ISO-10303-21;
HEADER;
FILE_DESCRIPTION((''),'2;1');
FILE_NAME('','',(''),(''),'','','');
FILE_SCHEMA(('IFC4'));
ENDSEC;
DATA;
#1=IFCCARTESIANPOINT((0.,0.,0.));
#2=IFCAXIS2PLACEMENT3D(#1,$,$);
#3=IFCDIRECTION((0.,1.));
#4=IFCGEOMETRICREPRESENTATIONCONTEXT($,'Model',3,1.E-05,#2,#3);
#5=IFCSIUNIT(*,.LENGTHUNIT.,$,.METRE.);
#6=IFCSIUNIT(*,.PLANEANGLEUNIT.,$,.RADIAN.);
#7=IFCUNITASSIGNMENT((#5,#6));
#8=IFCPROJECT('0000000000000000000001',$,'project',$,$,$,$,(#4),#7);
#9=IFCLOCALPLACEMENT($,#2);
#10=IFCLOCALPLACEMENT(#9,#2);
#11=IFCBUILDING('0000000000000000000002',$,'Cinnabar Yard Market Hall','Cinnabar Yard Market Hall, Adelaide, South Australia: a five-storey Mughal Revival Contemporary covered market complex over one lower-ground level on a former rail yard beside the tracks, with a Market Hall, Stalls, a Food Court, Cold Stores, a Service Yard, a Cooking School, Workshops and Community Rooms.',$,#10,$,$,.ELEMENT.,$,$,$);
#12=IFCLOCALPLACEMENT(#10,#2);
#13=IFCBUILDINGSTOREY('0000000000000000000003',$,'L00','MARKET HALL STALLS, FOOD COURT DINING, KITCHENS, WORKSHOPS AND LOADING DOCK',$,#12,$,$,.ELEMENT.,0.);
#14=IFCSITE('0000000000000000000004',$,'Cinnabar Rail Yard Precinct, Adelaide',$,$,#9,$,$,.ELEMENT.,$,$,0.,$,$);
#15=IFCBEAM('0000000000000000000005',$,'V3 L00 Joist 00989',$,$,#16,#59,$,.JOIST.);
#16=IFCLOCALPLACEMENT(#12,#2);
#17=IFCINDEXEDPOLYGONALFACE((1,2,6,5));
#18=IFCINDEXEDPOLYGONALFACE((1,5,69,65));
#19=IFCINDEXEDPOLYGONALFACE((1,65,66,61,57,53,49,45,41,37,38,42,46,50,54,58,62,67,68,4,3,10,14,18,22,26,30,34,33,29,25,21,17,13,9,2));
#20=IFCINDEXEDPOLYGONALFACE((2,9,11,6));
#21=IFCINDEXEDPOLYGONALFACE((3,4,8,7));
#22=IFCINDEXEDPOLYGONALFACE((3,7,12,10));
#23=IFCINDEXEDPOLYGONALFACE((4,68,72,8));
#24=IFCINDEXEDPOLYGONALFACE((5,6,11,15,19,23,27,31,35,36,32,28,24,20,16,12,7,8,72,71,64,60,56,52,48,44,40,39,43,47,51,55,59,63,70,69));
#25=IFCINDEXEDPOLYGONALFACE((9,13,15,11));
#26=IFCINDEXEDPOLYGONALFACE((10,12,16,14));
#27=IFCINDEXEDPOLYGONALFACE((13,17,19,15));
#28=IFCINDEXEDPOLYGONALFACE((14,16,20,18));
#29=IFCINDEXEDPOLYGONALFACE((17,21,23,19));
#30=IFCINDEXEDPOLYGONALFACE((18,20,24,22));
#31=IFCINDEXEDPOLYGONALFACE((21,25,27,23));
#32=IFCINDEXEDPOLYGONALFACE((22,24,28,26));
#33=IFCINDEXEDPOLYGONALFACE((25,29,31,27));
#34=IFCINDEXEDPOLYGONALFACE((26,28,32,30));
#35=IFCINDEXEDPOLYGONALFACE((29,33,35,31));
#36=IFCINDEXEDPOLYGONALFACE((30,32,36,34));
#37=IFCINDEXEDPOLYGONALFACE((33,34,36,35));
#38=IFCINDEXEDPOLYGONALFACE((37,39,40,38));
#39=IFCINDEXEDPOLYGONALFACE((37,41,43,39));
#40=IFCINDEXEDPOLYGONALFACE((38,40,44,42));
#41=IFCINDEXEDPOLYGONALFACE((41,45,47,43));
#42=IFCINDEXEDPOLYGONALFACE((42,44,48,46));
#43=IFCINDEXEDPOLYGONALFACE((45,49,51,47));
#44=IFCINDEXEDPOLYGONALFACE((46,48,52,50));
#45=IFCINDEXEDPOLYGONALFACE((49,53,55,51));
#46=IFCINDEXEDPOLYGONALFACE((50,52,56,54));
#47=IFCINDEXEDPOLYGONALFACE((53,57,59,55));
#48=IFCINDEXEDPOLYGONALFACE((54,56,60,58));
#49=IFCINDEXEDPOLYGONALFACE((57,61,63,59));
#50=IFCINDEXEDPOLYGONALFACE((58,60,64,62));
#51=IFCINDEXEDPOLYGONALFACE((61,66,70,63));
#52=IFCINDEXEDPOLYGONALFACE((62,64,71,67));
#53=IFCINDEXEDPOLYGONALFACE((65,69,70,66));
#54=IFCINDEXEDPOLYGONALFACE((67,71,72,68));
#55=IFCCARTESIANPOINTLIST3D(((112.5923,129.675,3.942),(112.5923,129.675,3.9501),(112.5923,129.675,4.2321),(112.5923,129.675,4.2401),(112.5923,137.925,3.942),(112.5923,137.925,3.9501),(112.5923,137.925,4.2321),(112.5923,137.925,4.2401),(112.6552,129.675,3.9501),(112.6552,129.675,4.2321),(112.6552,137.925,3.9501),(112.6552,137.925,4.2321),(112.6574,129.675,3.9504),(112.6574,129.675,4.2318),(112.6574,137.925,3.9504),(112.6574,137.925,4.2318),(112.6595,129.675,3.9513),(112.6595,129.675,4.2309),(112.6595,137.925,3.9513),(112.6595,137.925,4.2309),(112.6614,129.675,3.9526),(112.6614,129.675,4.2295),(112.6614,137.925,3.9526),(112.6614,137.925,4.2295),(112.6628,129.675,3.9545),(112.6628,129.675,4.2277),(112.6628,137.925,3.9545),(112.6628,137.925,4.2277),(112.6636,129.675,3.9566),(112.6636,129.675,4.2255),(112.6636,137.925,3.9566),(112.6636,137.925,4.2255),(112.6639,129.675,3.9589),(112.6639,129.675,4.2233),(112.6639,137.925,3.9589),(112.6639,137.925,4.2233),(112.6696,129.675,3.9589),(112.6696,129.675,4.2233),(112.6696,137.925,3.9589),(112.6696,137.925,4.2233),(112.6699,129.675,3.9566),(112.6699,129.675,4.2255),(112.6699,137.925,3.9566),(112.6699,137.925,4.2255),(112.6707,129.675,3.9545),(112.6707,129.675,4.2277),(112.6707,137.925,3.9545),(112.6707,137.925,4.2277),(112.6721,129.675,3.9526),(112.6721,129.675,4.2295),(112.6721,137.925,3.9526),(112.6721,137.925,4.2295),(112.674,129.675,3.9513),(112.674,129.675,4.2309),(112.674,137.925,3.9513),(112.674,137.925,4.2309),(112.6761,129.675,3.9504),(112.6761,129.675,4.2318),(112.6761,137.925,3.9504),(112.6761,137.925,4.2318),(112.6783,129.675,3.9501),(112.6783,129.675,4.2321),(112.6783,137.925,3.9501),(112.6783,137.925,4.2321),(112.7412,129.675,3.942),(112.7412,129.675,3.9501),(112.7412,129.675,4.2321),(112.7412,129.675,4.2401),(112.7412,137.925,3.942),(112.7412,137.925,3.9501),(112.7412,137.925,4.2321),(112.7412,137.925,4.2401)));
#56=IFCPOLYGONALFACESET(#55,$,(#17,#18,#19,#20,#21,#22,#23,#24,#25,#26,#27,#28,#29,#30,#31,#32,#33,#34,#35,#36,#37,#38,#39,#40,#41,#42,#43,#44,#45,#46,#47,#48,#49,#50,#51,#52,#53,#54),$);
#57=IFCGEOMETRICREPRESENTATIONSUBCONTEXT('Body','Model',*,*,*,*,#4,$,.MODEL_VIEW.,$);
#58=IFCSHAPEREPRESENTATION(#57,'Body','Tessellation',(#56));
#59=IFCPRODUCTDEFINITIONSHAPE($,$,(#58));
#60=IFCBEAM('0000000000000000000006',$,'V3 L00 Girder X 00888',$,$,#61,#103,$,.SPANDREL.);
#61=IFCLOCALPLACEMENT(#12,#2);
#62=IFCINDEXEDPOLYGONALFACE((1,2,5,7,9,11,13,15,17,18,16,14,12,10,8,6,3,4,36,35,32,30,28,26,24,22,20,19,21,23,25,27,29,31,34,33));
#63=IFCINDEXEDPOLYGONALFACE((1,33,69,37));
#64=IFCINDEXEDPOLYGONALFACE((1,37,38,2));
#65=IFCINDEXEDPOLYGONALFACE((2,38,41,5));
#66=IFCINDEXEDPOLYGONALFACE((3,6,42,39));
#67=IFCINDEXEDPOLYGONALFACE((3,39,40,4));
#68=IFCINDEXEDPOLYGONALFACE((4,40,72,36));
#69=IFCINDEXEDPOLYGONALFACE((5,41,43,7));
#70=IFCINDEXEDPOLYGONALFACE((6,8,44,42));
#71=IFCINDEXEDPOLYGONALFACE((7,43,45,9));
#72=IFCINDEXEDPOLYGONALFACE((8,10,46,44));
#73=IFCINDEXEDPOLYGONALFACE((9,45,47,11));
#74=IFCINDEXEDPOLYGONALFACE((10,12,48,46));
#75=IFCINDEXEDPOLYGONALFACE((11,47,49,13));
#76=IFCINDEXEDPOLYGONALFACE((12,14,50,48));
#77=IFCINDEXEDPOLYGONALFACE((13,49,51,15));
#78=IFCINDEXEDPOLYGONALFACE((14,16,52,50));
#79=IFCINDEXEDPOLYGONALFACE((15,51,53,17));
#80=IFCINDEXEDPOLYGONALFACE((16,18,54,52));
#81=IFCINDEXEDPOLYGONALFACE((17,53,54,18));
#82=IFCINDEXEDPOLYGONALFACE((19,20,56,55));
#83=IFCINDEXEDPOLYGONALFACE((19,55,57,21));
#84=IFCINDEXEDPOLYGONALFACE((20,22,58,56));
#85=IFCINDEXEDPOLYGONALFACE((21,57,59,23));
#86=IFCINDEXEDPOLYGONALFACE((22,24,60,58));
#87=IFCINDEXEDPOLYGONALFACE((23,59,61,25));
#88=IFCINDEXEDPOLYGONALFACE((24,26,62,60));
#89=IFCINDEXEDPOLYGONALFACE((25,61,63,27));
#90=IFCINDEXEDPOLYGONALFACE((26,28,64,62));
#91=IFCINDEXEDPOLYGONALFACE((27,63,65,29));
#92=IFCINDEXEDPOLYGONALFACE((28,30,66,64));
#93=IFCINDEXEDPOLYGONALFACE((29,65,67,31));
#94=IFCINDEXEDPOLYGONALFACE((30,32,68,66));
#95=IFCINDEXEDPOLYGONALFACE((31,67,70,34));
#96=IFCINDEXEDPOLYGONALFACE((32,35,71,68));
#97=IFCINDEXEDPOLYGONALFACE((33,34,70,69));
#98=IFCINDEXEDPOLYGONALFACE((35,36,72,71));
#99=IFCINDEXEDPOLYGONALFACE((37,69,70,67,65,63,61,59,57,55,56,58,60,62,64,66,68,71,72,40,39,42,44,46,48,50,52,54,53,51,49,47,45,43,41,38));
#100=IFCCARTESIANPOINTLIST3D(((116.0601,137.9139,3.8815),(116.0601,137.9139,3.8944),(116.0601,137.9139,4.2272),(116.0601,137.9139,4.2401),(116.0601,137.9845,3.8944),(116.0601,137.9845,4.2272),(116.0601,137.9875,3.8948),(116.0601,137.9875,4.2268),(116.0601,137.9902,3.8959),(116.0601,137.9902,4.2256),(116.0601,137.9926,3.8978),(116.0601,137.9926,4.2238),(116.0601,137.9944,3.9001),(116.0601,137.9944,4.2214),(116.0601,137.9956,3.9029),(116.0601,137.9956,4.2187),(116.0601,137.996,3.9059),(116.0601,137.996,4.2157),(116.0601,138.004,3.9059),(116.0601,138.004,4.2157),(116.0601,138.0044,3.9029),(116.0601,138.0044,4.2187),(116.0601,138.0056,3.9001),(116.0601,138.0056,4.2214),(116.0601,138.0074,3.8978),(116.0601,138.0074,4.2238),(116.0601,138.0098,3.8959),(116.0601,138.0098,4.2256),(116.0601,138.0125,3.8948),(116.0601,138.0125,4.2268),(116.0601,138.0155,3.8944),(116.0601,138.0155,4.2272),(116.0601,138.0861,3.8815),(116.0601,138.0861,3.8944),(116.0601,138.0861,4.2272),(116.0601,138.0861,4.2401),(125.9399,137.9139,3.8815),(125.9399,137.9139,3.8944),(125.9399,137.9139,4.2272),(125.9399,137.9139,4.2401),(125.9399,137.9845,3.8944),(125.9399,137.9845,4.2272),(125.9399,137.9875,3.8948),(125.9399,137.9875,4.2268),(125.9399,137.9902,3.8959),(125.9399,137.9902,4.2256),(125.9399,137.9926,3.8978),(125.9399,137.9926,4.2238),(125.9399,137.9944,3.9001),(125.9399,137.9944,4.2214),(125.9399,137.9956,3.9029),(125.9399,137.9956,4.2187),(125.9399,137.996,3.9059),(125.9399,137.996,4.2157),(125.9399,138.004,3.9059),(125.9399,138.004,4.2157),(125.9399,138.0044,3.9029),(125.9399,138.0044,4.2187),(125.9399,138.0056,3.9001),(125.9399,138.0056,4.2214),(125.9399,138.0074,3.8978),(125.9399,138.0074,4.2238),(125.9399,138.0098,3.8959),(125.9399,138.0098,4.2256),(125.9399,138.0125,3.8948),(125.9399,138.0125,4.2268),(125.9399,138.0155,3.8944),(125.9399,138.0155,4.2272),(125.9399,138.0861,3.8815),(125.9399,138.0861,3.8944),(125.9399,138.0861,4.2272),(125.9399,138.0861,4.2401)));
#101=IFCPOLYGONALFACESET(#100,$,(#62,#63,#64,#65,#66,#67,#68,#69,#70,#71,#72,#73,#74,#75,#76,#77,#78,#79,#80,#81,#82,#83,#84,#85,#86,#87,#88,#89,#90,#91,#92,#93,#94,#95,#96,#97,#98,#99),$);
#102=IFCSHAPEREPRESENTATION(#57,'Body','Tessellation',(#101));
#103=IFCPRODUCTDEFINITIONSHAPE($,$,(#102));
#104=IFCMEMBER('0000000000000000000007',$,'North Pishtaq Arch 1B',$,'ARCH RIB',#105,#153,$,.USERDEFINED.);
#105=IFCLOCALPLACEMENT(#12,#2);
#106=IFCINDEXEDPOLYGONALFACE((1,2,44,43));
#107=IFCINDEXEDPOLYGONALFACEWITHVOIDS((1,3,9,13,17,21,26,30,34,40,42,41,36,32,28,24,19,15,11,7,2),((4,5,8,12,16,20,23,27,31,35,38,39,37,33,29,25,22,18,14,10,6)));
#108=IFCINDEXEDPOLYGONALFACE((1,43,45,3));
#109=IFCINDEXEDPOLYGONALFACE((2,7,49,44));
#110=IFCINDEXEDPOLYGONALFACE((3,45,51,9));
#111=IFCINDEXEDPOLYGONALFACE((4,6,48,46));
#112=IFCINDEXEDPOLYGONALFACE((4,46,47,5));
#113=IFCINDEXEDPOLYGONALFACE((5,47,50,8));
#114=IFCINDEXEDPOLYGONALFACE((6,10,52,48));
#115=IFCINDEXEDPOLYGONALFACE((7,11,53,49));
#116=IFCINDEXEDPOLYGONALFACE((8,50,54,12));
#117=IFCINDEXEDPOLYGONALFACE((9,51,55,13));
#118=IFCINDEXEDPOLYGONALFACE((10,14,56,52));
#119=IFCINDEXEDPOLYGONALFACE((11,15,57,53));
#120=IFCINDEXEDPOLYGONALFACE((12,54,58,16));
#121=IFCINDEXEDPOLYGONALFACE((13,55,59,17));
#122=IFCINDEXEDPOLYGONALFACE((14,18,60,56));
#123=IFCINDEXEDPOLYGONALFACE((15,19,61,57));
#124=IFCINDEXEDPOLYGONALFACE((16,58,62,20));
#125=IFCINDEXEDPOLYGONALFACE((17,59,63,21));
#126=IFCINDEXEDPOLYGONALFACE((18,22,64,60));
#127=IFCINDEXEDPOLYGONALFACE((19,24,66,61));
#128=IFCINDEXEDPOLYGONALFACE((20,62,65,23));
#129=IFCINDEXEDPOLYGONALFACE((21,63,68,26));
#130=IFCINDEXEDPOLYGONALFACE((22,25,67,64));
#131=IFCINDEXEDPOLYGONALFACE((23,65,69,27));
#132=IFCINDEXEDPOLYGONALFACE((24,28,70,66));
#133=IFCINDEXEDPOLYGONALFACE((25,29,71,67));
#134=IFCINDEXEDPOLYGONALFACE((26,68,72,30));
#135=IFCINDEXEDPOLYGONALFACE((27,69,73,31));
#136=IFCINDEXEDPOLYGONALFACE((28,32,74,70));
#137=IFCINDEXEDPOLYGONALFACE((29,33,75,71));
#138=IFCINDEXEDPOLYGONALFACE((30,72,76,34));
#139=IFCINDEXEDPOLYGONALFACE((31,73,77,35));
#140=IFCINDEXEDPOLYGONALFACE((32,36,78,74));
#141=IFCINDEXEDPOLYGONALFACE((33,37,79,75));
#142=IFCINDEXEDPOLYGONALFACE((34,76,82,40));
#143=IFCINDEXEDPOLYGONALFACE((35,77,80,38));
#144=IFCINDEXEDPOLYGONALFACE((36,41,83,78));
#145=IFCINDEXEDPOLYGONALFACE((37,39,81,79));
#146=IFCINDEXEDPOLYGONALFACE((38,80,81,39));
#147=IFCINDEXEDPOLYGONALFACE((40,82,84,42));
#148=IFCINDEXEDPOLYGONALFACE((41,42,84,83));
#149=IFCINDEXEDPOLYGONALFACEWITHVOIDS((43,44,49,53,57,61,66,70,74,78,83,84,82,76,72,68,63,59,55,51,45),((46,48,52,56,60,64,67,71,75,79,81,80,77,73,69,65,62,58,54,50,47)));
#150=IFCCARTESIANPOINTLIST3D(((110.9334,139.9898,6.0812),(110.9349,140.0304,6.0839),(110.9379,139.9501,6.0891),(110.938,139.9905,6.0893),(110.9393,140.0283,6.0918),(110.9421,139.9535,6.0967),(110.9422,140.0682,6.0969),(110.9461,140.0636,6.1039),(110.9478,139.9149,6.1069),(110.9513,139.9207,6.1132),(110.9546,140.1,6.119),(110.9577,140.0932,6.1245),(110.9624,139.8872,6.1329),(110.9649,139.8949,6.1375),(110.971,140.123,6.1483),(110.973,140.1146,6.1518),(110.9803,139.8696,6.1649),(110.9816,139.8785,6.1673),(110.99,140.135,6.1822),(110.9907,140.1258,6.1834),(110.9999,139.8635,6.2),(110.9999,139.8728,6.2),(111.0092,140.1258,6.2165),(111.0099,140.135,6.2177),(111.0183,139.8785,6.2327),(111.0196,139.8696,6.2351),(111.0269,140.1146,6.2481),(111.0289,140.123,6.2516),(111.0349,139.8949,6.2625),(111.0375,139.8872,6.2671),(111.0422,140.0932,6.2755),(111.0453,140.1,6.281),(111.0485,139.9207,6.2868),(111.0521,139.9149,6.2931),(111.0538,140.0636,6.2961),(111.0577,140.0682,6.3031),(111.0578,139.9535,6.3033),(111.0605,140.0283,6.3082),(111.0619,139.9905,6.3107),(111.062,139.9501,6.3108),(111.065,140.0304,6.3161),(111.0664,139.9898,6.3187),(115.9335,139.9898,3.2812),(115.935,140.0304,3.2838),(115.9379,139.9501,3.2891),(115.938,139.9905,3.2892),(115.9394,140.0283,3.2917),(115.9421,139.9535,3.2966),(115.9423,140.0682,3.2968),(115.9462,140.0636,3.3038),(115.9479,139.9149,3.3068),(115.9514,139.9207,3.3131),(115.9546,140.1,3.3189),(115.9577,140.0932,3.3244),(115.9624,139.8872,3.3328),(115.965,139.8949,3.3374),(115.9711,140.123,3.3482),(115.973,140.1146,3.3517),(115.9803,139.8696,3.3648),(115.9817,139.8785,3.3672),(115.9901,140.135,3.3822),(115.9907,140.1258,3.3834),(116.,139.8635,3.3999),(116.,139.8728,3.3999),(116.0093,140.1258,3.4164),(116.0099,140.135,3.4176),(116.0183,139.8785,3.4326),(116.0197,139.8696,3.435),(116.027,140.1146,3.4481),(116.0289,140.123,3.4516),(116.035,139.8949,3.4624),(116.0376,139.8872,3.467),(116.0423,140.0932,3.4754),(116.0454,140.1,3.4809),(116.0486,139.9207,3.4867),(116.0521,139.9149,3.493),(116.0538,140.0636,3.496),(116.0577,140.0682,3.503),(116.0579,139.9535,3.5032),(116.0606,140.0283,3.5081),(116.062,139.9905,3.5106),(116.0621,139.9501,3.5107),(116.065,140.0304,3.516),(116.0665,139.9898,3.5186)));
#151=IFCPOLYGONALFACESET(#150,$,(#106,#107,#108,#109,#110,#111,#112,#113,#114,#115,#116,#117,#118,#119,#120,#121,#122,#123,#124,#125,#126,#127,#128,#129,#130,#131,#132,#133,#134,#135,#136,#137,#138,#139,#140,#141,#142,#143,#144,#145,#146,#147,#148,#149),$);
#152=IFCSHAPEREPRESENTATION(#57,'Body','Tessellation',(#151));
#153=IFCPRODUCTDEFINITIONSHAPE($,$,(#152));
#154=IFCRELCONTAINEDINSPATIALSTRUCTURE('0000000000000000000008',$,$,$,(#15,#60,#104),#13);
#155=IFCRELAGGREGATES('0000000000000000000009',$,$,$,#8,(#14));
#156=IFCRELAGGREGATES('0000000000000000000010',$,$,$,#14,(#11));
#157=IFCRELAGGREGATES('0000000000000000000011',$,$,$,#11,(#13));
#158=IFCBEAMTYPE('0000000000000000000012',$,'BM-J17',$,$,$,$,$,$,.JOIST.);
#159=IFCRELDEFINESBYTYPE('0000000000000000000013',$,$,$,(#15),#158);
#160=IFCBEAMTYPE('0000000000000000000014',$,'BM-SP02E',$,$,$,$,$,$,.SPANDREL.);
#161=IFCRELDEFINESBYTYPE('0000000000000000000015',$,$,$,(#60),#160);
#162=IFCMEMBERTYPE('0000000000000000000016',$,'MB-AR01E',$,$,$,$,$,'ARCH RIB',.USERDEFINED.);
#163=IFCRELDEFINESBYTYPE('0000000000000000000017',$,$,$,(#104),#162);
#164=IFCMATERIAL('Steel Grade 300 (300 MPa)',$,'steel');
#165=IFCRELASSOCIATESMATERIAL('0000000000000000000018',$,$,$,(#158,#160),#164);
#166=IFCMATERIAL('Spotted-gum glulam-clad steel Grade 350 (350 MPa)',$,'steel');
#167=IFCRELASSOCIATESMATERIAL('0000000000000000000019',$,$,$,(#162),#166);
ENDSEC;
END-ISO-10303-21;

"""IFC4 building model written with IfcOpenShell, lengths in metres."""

from ifc_helpers import new_model, si_unit, direction, frame, origin, origin_2d_with_axis, place, context, subcontext, project, spatial, hollow_circle, i_section, extrude, material, material_profile, profile_set, type_object, element, save


model = new_model("IFC4")

# Units and contexts
model_context = context("Model", 3, precision=1e-05, world=origin(), true_north=direction((0.0, 1.0)))
body_context = subcontext(model_context, "Body", "Model", "MODEL_VIEW")
ifc_project = project(units=[si_unit("LENGTHUNIT", "METRE"), si_unit("PLANEANGLEUNIT", "RADIAN")], contexts=[model_context])

# Site, building, storey
site_placement = place(None, origin())
site = spatial("IfcSite", under=ifc_project, at=site_placement, Name="Cinnabar Rail Yard Precinct, Adelaide", CompositionType="ELEMENT", RefElevation=0.0)
building_placement = place(site_placement, origin())
building = spatial("IfcBuilding", under=site, at=building_placement, Name="Cinnabar Yard Market Hall", Description="Cinnabar Yard Market Hall, Adelaide, South Australia: a five-storey Mughal Revival Contemporary covered market complex over one lower-ground level on a former rail yard beside the tracks, with a Market Hall, Stalls, a Food Court, Cold Stores, a Service Yard, a Cooking School, Workshops and Community Rooms.", CompositionType="ELEMENT")
storey_placement = place(building_placement, origin())
storey = spatial("IfcBuildingStorey", under=building, at=storey_placement, Name="L00", Description="MARKET HALL STALLS, FOOD COURT DINING, KITCHENS, WORKSHOPS AND LOADING DOCK", CompositionType="ELEMENT", Elevation=0.0)

# Shared definitions
ifc_material_1 = material(Name="Steel Grade 300 (300 MPa)", Category="steel")

# Beams
ifc_material_profile_1 = material_profile(ifc_material_1, i_section(OverallWidth=0.1489, OverallDepth=0.2981, WebThickness=0.0056, FlangeThickness=0.0081, FilletRadius=0.0088, at=origin_2d_with_axis()), Name="310UB32.0")
ifc_profile_set_1 = profile_set([ifc_material_profile_1], Name="Steel Grade 300 (300 MPa)")
beam_type_1 = type_object("IfcBeamType", Name="BM-J17", PredefinedType="JOIST", material=ifc_profile_set_1)
beam_1_placement = place(storey_placement, frame((112.6667, 129.675, 4.0911), z_axis=(0.0, 1.0, 0.0), x_axis=(-1.0, 0.0, 0.0)))
element("IfcBeam", 1, at=beam_1_placement, inside=storey, type_object=beam_type_1, Name="V3 L00 Joist 00989", PredefinedType="JOIST", context=body_context, shape_type="SweptSolid", body=[
    extrude(i_section(OverallWidth=0.1489, OverallDepth=0.2981, WebThickness=0.0056, FlangeThickness=0.0081, FilletRadius=0.0088, at=origin_2d_with_axis()), origin(), (0.0, 0.0, 1.0), 8.25),
])
ifc_material_profile_2 = material_profile(ifc_material_1, i_section(OverallWidth=0.1721, OverallDepth=0.3586, WebThickness=0.0081, FlangeThickness=0.0129, FilletRadius=0.0115, at=origin_2d_with_axis()), Name="360UB56.7")
ifc_profile_set_2 = profile_set([ifc_material_profile_2], Name="Steel Grade 300 (300 MPa)")
beam_type_2 = type_object("IfcBeamType", Name="BM-SP02E", PredefinedType="SPANDREL", material=ifc_profile_set_2)
beam_2_placement = place(storey_placement, frame((116.0601, 138.0, 4.0608), z_axis=(1.0, 0.0, 0.0), x_axis=(0.0, 1.0, 0.0)))
element("IfcBeam", 2, at=beam_2_placement, inside=storey, type_object=beam_type_2, Name="V3 L00 Girder X 00888", PredefinedType="SPANDREL", context=body_context, shape_type="SweptSolid", body=[
    extrude(i_section(OverallWidth=0.1721, OverallDepth=0.3586, WebThickness=0.0081, FlangeThickness=0.0129, FilletRadius=0.0115, at=origin_2d_with_axis()), origin(), (0.0, 0.0, 1.0), 9.8799),
])

# Member
ifc_material_2 = material(Name="Spotted-gum glulam-clad steel Grade 350 (350 MPa)", Category="steel")
ifc_material_profile_3 = material_profile(ifc_material_2, hollow_circle(Radius=0.1365, WallThickness=0.0093, at=origin_2d_with_axis()), Name="273.1x9.3CHS")
ifc_profile_set_3 = profile_set([ifc_material_profile_3], Name="Spotted-gum glulam-clad steel Grade 350 (350 MPa)")
member_type = type_object("IfcMemberType", Name="MB-AR01E", ElementType="ARCH RIB", PredefinedType="USERDEFINED", material=ifc_profile_set_3)
for number, where, z_axis, x_axis, name in (
    (3, (116.0, 140.0, 3.3999), (-0.872502, 0.0, 0.48861), (0.0, -1.0, 0.0), "North Pishtaq Arch 1B"),
):
    element("IfcMember", number, at=place(storey_placement, frame(where, z_axis=z_axis, x_axis=x_axis)), inside=storey, type_object=member_type, Name=name, ObjectType="ARCH RIB", PredefinedType="USERDEFINED", context=body_context, shape_type="SweptSolid", body=[
        extrude(hollow_circle(Radius=0.1365, WallThickness=0.0093, at=origin_2d_with_axis()), origin(), (0.0, 0.0, 1.0), 5.7307),
    ])

save(model, "model.ifc")
